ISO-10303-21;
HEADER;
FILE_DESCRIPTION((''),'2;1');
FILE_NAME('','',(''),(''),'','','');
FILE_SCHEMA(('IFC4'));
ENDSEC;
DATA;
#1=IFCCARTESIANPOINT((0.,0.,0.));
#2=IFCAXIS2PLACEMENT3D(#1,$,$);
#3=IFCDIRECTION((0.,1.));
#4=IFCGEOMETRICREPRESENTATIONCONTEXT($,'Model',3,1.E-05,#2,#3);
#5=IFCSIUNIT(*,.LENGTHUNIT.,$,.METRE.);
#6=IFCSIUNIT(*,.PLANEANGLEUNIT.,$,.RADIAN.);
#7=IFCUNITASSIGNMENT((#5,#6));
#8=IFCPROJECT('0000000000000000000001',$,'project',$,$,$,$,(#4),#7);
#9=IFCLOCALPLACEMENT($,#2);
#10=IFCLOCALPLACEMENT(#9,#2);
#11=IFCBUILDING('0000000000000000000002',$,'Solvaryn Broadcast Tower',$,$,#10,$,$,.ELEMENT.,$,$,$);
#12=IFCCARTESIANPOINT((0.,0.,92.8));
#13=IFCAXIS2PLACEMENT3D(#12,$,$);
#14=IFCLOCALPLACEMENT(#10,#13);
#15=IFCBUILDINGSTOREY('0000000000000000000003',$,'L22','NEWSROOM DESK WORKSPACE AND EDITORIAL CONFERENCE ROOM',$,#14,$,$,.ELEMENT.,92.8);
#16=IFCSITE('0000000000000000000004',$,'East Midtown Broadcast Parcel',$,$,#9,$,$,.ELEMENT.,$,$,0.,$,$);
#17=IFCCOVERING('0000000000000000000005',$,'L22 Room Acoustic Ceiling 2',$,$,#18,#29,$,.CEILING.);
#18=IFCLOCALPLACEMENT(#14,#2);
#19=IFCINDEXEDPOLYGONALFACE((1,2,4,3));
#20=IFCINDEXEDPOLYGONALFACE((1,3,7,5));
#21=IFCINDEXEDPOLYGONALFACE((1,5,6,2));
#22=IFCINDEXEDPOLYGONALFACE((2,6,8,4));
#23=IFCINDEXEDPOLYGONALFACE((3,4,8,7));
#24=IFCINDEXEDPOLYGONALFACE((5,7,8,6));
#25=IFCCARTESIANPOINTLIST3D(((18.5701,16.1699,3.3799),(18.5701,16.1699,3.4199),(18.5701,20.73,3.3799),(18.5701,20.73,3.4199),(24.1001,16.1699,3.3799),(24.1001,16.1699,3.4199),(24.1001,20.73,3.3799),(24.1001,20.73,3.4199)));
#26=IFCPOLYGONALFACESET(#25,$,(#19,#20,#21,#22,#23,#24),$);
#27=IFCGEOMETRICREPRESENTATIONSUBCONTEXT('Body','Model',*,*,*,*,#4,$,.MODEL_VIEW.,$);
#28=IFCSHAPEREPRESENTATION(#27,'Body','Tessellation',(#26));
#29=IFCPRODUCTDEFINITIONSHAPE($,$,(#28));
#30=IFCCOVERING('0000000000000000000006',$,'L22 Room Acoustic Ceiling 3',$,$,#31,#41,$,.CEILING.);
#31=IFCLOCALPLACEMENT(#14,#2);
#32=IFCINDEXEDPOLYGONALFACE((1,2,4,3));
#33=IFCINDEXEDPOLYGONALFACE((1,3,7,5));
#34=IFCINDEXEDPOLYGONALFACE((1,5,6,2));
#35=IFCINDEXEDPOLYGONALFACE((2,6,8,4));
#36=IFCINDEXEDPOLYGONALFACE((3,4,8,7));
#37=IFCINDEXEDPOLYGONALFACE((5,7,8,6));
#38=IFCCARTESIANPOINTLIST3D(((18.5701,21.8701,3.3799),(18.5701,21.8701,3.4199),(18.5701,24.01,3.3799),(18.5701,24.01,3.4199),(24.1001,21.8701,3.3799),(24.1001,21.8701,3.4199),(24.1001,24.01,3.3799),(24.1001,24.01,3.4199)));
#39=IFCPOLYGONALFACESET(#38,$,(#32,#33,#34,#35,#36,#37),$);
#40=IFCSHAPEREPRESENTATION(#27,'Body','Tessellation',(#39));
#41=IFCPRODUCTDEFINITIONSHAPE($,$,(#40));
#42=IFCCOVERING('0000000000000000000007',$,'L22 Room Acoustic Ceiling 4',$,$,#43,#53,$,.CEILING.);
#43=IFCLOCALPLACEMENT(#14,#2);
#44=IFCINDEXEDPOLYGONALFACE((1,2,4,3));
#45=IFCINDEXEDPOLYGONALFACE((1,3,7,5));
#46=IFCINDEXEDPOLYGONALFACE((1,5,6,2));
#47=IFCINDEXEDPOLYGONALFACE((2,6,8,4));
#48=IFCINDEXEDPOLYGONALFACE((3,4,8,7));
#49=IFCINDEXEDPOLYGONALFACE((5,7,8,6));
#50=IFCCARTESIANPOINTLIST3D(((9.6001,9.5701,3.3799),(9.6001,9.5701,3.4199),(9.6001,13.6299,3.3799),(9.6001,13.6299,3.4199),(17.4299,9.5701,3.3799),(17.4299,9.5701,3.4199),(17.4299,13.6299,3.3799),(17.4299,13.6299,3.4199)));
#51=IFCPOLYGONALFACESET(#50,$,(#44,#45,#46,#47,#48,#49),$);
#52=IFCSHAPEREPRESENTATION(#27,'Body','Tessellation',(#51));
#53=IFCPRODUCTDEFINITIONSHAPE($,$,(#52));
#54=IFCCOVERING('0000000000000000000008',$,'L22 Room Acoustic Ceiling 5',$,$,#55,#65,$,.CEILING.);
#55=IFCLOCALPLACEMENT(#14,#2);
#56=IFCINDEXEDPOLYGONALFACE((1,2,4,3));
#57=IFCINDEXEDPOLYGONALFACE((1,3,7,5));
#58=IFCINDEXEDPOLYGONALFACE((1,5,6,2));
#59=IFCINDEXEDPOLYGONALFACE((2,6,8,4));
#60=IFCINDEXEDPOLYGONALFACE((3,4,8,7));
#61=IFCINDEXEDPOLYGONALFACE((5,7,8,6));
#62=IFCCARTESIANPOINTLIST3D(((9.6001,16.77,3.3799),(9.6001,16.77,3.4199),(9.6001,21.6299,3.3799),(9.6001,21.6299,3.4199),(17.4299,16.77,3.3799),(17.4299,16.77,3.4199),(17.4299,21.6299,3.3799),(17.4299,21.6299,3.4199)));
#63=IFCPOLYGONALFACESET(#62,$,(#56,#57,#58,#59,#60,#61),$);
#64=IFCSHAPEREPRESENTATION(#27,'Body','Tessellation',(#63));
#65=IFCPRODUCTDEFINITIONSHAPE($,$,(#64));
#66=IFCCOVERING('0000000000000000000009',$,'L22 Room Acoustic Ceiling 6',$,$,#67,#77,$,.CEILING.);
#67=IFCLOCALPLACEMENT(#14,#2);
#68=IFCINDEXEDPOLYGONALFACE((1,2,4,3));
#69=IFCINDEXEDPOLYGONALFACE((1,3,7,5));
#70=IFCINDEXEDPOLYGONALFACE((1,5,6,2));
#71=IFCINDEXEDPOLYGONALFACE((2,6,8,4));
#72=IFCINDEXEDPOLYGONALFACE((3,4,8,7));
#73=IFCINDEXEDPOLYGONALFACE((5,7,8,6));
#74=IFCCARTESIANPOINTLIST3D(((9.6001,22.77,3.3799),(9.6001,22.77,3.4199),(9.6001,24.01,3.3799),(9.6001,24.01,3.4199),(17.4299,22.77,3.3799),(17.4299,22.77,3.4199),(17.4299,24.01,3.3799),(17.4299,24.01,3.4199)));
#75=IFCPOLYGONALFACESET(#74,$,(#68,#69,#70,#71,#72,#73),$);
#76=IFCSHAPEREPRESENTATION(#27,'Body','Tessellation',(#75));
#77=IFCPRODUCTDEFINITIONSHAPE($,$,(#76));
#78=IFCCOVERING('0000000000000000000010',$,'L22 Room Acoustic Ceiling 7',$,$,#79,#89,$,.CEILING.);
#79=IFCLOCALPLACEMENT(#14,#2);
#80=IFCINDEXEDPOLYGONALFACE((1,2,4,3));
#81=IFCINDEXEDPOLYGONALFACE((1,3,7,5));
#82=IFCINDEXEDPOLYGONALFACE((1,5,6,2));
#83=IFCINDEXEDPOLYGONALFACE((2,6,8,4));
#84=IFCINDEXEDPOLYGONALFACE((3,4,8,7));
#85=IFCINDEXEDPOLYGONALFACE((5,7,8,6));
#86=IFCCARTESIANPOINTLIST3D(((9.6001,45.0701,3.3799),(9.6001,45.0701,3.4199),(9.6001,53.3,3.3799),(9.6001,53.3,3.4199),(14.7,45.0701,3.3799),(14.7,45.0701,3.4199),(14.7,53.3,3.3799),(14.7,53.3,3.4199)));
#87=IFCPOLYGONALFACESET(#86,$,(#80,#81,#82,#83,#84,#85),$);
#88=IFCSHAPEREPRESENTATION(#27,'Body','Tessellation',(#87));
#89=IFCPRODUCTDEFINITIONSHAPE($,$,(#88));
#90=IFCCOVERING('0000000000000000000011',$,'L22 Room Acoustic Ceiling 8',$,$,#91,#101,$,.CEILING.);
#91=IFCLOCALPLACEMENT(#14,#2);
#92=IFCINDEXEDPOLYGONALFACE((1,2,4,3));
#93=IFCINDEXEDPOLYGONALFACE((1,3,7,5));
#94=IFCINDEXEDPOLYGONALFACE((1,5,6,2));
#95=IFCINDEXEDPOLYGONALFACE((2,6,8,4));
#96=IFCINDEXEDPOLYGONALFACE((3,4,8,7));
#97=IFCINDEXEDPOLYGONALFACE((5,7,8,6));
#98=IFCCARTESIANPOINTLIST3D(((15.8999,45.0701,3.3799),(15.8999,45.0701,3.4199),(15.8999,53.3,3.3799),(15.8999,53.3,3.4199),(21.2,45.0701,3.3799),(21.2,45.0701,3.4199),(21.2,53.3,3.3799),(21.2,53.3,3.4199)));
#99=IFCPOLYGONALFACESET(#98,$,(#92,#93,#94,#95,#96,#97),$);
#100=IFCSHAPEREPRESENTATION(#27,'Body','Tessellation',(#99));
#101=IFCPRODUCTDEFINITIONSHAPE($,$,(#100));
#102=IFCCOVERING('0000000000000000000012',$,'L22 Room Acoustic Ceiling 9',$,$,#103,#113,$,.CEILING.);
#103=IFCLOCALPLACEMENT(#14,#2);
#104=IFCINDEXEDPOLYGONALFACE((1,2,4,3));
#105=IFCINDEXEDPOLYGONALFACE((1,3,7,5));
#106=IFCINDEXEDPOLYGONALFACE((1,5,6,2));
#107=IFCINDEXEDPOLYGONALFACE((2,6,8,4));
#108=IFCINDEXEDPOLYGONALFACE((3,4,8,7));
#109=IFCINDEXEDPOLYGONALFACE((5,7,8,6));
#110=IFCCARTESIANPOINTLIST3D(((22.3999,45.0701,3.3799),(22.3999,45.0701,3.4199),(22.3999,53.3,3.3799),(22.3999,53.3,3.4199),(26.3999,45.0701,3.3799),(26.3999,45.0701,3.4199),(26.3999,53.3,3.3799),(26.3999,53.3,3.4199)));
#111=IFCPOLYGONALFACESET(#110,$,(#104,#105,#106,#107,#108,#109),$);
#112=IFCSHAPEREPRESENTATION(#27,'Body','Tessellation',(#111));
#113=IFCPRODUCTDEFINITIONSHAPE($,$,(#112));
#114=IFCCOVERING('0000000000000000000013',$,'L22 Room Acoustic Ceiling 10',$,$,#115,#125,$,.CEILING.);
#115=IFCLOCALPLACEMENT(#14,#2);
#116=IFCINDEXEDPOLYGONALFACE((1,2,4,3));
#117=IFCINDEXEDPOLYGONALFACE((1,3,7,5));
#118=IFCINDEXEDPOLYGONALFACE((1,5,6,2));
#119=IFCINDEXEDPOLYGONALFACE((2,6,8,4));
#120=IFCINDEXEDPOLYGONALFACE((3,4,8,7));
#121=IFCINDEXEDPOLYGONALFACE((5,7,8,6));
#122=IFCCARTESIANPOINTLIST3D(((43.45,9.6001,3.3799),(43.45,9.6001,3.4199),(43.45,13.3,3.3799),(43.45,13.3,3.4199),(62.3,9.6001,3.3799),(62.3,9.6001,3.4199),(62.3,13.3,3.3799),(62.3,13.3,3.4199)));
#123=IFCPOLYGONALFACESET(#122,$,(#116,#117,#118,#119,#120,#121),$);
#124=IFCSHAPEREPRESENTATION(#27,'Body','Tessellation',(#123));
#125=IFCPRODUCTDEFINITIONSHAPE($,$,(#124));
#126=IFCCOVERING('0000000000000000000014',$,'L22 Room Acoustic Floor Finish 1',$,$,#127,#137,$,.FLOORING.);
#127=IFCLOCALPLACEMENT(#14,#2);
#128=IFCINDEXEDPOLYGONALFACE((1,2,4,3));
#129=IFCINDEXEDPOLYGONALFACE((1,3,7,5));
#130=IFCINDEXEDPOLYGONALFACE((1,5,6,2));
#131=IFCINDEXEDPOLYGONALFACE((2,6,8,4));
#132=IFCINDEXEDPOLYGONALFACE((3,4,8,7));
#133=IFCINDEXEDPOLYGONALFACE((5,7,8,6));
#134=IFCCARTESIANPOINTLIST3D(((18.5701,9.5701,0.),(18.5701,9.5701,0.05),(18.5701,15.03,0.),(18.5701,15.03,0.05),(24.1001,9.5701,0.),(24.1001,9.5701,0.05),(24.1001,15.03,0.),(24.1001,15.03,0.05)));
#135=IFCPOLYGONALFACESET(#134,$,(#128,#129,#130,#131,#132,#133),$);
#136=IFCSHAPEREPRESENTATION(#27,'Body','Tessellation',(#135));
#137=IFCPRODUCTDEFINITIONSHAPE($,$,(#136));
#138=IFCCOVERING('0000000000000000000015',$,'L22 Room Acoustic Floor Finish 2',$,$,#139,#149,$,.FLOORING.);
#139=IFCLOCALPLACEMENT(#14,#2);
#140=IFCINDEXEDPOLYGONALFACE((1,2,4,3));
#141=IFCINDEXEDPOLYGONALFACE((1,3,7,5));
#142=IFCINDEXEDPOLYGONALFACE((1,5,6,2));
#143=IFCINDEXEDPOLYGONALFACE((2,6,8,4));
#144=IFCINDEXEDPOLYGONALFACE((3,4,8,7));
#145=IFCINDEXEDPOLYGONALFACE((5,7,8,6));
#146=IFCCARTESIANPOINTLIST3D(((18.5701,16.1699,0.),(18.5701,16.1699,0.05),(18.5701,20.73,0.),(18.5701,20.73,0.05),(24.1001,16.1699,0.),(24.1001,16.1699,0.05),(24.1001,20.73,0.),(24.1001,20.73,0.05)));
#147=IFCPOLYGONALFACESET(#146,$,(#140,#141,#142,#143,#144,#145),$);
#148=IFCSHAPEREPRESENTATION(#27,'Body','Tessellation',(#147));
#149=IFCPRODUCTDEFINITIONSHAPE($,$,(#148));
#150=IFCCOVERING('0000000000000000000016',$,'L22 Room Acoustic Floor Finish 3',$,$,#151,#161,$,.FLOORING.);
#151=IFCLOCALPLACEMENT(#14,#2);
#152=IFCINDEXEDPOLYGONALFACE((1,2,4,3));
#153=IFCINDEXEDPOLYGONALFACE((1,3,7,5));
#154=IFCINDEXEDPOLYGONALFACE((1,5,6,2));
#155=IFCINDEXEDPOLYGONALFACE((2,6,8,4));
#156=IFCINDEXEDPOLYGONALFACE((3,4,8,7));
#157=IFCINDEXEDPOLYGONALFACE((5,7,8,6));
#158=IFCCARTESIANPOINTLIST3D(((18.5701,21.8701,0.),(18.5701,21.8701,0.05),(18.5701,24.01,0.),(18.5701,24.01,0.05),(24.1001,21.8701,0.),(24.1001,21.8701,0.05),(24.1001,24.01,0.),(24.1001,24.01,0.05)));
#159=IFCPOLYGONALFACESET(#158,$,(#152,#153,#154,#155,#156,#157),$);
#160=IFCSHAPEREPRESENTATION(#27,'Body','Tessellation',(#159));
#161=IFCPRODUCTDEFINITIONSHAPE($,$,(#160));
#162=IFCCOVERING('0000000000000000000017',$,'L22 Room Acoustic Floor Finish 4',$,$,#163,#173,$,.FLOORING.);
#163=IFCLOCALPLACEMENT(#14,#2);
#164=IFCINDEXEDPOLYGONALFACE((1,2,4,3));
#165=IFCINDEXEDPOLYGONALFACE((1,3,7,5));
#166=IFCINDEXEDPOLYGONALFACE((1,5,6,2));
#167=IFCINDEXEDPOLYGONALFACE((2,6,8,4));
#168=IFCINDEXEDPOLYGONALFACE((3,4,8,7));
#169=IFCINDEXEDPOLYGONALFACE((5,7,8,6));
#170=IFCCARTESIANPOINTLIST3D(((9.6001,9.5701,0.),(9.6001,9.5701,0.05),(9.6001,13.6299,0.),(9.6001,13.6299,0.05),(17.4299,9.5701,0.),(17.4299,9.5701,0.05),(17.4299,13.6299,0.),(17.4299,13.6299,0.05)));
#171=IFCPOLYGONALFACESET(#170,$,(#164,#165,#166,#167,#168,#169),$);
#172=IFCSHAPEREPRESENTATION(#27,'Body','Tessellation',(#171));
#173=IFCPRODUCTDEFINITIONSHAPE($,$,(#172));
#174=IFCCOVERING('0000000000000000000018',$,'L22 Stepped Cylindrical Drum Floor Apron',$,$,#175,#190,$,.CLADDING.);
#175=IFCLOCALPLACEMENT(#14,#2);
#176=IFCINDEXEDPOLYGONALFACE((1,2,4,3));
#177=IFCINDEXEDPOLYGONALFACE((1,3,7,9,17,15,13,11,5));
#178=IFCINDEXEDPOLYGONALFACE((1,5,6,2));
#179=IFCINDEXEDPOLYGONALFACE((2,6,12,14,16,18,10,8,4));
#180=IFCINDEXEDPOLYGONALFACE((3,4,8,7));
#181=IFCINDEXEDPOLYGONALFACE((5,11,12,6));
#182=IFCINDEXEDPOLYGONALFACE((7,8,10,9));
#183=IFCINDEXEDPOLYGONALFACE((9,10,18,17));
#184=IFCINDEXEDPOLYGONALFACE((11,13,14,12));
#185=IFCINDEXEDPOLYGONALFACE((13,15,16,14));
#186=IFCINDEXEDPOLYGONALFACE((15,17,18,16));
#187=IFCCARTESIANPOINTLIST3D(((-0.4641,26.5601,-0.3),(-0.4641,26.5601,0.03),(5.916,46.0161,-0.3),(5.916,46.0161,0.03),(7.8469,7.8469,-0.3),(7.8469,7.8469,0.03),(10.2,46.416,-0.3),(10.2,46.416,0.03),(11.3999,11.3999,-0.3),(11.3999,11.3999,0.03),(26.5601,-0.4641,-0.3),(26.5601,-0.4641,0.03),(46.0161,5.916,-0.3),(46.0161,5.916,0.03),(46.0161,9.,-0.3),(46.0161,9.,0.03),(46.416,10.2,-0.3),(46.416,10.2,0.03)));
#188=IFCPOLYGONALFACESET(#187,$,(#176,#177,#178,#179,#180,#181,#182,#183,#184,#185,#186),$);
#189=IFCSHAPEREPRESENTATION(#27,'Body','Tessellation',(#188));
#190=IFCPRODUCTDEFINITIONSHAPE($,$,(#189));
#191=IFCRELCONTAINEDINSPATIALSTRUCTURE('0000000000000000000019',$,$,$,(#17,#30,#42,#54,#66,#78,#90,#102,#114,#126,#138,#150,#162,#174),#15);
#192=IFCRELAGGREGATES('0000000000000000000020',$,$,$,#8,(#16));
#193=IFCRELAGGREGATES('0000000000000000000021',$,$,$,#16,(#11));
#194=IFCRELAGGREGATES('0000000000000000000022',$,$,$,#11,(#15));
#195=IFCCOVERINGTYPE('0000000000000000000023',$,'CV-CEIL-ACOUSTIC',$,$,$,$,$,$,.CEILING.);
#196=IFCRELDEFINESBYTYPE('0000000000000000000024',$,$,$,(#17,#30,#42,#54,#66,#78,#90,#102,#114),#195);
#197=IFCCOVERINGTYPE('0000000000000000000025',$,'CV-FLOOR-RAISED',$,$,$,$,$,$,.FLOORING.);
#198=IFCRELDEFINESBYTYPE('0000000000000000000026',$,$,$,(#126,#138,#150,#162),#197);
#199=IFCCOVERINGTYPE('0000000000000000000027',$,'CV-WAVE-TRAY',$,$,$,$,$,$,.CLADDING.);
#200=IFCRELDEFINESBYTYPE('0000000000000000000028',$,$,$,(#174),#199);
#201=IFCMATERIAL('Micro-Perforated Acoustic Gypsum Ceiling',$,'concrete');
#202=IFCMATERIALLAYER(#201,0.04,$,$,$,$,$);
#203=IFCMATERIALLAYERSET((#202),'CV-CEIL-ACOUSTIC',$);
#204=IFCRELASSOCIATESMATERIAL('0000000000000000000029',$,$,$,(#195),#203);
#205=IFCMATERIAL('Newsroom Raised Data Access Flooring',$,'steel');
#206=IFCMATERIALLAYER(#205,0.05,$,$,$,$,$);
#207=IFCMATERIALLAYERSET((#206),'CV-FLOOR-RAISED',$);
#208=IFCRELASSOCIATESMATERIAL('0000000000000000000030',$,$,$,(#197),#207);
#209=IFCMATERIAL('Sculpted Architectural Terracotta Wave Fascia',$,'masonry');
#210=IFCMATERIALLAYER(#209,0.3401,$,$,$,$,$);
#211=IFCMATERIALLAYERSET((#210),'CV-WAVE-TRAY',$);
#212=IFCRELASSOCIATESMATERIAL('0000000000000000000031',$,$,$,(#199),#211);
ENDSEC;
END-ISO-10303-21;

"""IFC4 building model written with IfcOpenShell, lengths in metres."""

from ifc_helpers import new_model, si_unit, direction, frame, origin, place, context, subcontext, project, spatial, polyline, outline, extrude, material, layer, layer_set, type_object, element, save


model = new_model("IFC4")

# Units and contexts
model_context = context("Model", 3, precision=1e-05, world=origin(), true_north=direction((0.0, 1.0)))
body_context = subcontext(model_context, "Body", "Model", "MODEL_VIEW")
ifc_project = project(units=[si_unit("LENGTHUNIT", "METRE"), si_unit("PLANEANGLEUNIT", "RADIAN")], contexts=[model_context])

# Site, building, storey
site_placement = place(None, origin())
site = spatial("IfcSite", under=ifc_project, at=site_placement, Name="East Midtown Broadcast Parcel", CompositionType="ELEMENT", RefElevation=0.0)
building_placement = place(site_placement, origin())
building = spatial("IfcBuilding", under=site, at=building_placement, Name="Solvaryn Broadcast Tower", CompositionType="ELEMENT")
storey_placement = place(building_placement, frame((0.0, 0.0, 92.8)))
storey = spatial("IfcBuildingStorey", under=building, at=storey_placement, Name="L22", Description="NEWSROOM DESK WORKSPACE AND EDITORIAL CONFERENCE ROOM", CompositionType="ELEMENT", Elevation=92.8)

# Coverings
ifc_material_1 = material(Name="Micro-Perforated Acoustic Gypsum Ceiling", Category="concrete")
ifc_layer_1 = layer(ifc_material_1, 0.04)
ifc_layer_set_1 = layer_set([ifc_layer_1], Name="CV-CEIL-ACOUSTIC")
covering_type_1 = type_object("IfcCoveringType", Name="CV-CEIL-ACOUSTIC", PredefinedType="CEILING", material=ifc_layer_set_1)
covering_1_placement = place(storey_placement, frame((0.0, 0.0, 3.3799)))
element("IfcCovering", 1, at=covering_1_placement, inside=storey, type_object=covering_type_1, Name="L22 Room Acoustic Ceiling 2", PredefinedType="CEILING", context=body_context, shape_type="SweptSolid", body=[
    extrude(outline(polyline([(18.5701, 16.1699), (24.1001, 16.1699), (24.1001, 20.73), (18.5701, 20.73), (18.5701, 16.1699)])), origin(), (0.0, 0.0, 1.0), 0.04),
])
covering_2_placement = place(storey_placement, frame((0.0, 0.0, 3.3799)))
element("IfcCovering", 2, at=covering_2_placement, inside=storey, type_object=covering_type_1, Name="L22 Room Acoustic Ceiling 3", PredefinedType="CEILING", context=body_context, shape_type="SweptSolid", body=[
    extrude(outline(polyline([(18.5701, 21.8701), (24.1001, 21.8701), (24.1001, 24.01), (18.5701, 24.01), (18.5701, 21.8701)])), origin(), (0.0, 0.0, 1.0), 0.04),
])
covering_3_placement = place(storey_placement, frame((0.0, 0.0, 3.3799)))
element("IfcCovering", 3, at=covering_3_placement, inside=storey, type_object=covering_type_1, Name="L22 Room Acoustic Ceiling 4", PredefinedType="CEILING", context=body_context, shape_type="SweptSolid", body=[
    extrude(outline(polyline([(9.6001, 9.5701), (17.4299, 9.5701), (17.4299, 13.6299), (9.6001, 13.6299), (9.6001, 9.5701)])), origin(), (0.0, 0.0, 1.0), 0.04),
])
covering_4_placement = place(storey_placement, frame((0.0, 0.0, 3.3799)))
element("IfcCovering", 4, at=covering_4_placement, inside=storey, type_object=covering_type_1, Name="L22 Room Acoustic Ceiling 5", PredefinedType="CEILING", context=body_context, shape_type="SweptSolid", body=[
    extrude(outline(polyline([(9.6001, 16.77), (17.4299, 16.77), (17.4299, 21.6299), (9.6001, 21.6299), (9.6001, 16.77)])), origin(), (0.0, 0.0, 1.0), 0.04),
])
covering_5_placement = place(storey_placement, frame((0.0, 0.0, 3.3799)))
element("IfcCovering", 5, at=covering_5_placement, inside=storey, type_object=covering_type_1, Name="L22 Room Acoustic Ceiling 6", PredefinedType="CEILING", context=body_context, shape_type="SweptSolid", body=[
    extrude(outline(polyline([(9.6001, 22.77), (17.4299, 22.77), (17.4299, 24.01), (9.6001, 24.01), (9.6001, 22.77)])), origin(), (0.0, 0.0, 1.0), 0.04),
])
covering_6_placement = place(storey_placement, frame((0.0, 0.0, 3.3799)))
element("IfcCovering", 6, at=covering_6_placement, inside=storey, type_object=covering_type_1, Name="L22 Room Acoustic Ceiling 7", PredefinedType="CEILING", context=body_context, shape_type="SweptSolid", body=[
    extrude(outline(polyline([(9.6001, 45.0701), (14.7, 45.0701), (14.7, 53.3), (9.6001, 53.3), (9.6001, 45.0701)])), origin(), (0.0, 0.0, 1.0), 0.04),
])
covering_7_placement = place(storey_placement, frame((0.0, 0.0, 3.3799)))
element("IfcCovering", 7, at=covering_7_placement, inside=storey, type_object=covering_type_1, Name="L22 Room Acoustic Ceiling 8", PredefinedType="CEILING", context=body_context, shape_type="SweptSolid", body=[
    extrude(outline(polyline([(15.8999, 45.0701), (21.2, 45.0701), (21.2, 53.3), (15.8999, 53.3), (15.8999, 45.0701)])), origin(), (0.0, 0.0, 1.0), 0.04),
])
covering_8_placement = place(storey_placement, frame((0.0, 0.0, 3.3799)))
element("IfcCovering", 8, at=covering_8_placement, inside=storey, type_object=covering_type_1, Name="L22 Room Acoustic Ceiling 9", PredefinedType="CEILING", context=body_context, shape_type="SweptSolid", body=[
    extrude(outline(polyline([(22.3999, 45.0701), (26.3999, 45.0701), (26.3999, 53.3), (22.3999, 53.3), (22.3999, 45.0701)])), origin(), (0.0, 0.0, 1.0), 0.04),
])
covering_9_placement = place(storey_placement, frame((0.0, 0.0, 3.3799)))
element("IfcCovering", 9, at=covering_9_placement, inside=storey, type_object=covering_type_1, Name="L22 Room Acoustic Ceiling 10", PredefinedType="CEILING", context=body_context, shape_type="SweptSolid", body=[
    extrude(outline(polyline([(43.45, 9.6001), (62.3, 9.6001), (62.3, 13.3), (43.45, 13.3), (43.45, 9.6001)])), origin(), (0.0, 0.0, 1.0), 0.04),
])
ifc_material_2 = material(Name="Newsroom Raised Data Access Flooring", Category="steel")
ifc_layer_2 = layer(ifc_material_2, 0.05)
ifc_layer_set_2 = layer_set([ifc_layer_2], Name="CV-FLOOR-RAISED")
covering_type_2 = type_object("IfcCoveringType", Name="CV-FLOOR-RAISED", PredefinedType="FLOORING", material=ifc_layer_set_2)
covering_10_placement = place(storey_placement, origin())
element("IfcCovering", 10, at=covering_10_placement, inside=storey, type_object=covering_type_2, Name="L22 Room Acoustic Floor Finish 1", PredefinedType="FLOORING", context=body_context, shape_type="SweptSolid", body=[
    extrude(outline(polyline([(18.5701, 9.5701), (24.1001, 9.5701), (24.1001, 15.03), (18.5701, 15.03), (18.5701, 9.5701)])), origin(), (0.0, 0.0, 1.0), 0.05),
])
covering_11_placement = place(storey_placement, origin())
element("IfcCovering", 11, at=covering_11_placement, inside=storey, type_object=covering_type_2, Name="L22 Room Acoustic Floor Finish 2", PredefinedType="FLOORING", context=body_context, shape_type="SweptSolid", body=[
    extrude(outline(polyline([(18.5701, 16.1699), (24.1001, 16.1699), (24.1001, 20.73), (18.5701, 20.73), (18.5701, 16.1699)])), origin(), (0.0, 0.0, 1.0), 0.05),
])
covering_12_placement = place(storey_placement, origin())
element("IfcCovering", 12, at=covering_12_placement, inside=storey, type_object=covering_type_2, Name="L22 Room Acoustic Floor Finish 3", PredefinedType="FLOORING", context=body_context, shape_type="SweptSolid", body=[
    extrude(outline(polyline([(18.5701, 21.8701), (24.1001, 21.8701), (24.1001, 24.01), (18.5701, 24.01), (18.5701, 21.8701)])), origin(), (0.0, 0.0, 1.0), 0.05),
])
covering_13_placement = place(storey_placement, origin())
element("IfcCovering", 13, at=covering_13_placement, inside=storey, type_object=covering_type_2, Name="L22 Room Acoustic Floor Finish 4", PredefinedType="FLOORING", context=body_context, shape_type="SweptSolid", body=[
    extrude(outline(polyline([(9.6001, 9.5701), (17.4299, 9.5701), (17.4299, 13.6299), (9.6001, 13.6299), (9.6001, 9.5701)])), origin(), (0.0, 0.0, 1.0), 0.05),
])
ifc_material_3 = material(Name="Sculpted Architectural Terracotta Wave Fascia", Category="masonry")
ifc_layer_3 = layer(ifc_material_3, 0.3401)
ifc_layer_set_3 = layer_set([ifc_layer_3], Name="CV-WAVE-TRAY")
covering_type_3 = type_object("IfcCoveringType", Name="CV-WAVE-TRAY", PredefinedType="CLADDING", material=ifc_layer_set_3)
covering_14_placement = place(storey_placement, frame((0.0, 0.0, -0.3)))
element("IfcCovering", 14, at=covering_14_placement, inside=storey, type_object=covering_type_3, Name="L22 Stepped Cylindrical Drum Floor Apron", PredefinedType="CLADDING", context=body_context, shape_type="SweptSolid", body=[
    extrude(outline(polyline([(10.2, 46.416), (5.916, 46.0161), (-0.4641, 26.5601), (7.8469, 7.8469), (26.5601, -0.4641), (46.0161, 5.916), (46.0161, 9.0), (46.416, 10.2), (11.3999, 11.3999), (10.2, 46.416)])), origin(), (0.0, 0.0, 1.0), 0.3301),
])

save(model, "model.ifc")
